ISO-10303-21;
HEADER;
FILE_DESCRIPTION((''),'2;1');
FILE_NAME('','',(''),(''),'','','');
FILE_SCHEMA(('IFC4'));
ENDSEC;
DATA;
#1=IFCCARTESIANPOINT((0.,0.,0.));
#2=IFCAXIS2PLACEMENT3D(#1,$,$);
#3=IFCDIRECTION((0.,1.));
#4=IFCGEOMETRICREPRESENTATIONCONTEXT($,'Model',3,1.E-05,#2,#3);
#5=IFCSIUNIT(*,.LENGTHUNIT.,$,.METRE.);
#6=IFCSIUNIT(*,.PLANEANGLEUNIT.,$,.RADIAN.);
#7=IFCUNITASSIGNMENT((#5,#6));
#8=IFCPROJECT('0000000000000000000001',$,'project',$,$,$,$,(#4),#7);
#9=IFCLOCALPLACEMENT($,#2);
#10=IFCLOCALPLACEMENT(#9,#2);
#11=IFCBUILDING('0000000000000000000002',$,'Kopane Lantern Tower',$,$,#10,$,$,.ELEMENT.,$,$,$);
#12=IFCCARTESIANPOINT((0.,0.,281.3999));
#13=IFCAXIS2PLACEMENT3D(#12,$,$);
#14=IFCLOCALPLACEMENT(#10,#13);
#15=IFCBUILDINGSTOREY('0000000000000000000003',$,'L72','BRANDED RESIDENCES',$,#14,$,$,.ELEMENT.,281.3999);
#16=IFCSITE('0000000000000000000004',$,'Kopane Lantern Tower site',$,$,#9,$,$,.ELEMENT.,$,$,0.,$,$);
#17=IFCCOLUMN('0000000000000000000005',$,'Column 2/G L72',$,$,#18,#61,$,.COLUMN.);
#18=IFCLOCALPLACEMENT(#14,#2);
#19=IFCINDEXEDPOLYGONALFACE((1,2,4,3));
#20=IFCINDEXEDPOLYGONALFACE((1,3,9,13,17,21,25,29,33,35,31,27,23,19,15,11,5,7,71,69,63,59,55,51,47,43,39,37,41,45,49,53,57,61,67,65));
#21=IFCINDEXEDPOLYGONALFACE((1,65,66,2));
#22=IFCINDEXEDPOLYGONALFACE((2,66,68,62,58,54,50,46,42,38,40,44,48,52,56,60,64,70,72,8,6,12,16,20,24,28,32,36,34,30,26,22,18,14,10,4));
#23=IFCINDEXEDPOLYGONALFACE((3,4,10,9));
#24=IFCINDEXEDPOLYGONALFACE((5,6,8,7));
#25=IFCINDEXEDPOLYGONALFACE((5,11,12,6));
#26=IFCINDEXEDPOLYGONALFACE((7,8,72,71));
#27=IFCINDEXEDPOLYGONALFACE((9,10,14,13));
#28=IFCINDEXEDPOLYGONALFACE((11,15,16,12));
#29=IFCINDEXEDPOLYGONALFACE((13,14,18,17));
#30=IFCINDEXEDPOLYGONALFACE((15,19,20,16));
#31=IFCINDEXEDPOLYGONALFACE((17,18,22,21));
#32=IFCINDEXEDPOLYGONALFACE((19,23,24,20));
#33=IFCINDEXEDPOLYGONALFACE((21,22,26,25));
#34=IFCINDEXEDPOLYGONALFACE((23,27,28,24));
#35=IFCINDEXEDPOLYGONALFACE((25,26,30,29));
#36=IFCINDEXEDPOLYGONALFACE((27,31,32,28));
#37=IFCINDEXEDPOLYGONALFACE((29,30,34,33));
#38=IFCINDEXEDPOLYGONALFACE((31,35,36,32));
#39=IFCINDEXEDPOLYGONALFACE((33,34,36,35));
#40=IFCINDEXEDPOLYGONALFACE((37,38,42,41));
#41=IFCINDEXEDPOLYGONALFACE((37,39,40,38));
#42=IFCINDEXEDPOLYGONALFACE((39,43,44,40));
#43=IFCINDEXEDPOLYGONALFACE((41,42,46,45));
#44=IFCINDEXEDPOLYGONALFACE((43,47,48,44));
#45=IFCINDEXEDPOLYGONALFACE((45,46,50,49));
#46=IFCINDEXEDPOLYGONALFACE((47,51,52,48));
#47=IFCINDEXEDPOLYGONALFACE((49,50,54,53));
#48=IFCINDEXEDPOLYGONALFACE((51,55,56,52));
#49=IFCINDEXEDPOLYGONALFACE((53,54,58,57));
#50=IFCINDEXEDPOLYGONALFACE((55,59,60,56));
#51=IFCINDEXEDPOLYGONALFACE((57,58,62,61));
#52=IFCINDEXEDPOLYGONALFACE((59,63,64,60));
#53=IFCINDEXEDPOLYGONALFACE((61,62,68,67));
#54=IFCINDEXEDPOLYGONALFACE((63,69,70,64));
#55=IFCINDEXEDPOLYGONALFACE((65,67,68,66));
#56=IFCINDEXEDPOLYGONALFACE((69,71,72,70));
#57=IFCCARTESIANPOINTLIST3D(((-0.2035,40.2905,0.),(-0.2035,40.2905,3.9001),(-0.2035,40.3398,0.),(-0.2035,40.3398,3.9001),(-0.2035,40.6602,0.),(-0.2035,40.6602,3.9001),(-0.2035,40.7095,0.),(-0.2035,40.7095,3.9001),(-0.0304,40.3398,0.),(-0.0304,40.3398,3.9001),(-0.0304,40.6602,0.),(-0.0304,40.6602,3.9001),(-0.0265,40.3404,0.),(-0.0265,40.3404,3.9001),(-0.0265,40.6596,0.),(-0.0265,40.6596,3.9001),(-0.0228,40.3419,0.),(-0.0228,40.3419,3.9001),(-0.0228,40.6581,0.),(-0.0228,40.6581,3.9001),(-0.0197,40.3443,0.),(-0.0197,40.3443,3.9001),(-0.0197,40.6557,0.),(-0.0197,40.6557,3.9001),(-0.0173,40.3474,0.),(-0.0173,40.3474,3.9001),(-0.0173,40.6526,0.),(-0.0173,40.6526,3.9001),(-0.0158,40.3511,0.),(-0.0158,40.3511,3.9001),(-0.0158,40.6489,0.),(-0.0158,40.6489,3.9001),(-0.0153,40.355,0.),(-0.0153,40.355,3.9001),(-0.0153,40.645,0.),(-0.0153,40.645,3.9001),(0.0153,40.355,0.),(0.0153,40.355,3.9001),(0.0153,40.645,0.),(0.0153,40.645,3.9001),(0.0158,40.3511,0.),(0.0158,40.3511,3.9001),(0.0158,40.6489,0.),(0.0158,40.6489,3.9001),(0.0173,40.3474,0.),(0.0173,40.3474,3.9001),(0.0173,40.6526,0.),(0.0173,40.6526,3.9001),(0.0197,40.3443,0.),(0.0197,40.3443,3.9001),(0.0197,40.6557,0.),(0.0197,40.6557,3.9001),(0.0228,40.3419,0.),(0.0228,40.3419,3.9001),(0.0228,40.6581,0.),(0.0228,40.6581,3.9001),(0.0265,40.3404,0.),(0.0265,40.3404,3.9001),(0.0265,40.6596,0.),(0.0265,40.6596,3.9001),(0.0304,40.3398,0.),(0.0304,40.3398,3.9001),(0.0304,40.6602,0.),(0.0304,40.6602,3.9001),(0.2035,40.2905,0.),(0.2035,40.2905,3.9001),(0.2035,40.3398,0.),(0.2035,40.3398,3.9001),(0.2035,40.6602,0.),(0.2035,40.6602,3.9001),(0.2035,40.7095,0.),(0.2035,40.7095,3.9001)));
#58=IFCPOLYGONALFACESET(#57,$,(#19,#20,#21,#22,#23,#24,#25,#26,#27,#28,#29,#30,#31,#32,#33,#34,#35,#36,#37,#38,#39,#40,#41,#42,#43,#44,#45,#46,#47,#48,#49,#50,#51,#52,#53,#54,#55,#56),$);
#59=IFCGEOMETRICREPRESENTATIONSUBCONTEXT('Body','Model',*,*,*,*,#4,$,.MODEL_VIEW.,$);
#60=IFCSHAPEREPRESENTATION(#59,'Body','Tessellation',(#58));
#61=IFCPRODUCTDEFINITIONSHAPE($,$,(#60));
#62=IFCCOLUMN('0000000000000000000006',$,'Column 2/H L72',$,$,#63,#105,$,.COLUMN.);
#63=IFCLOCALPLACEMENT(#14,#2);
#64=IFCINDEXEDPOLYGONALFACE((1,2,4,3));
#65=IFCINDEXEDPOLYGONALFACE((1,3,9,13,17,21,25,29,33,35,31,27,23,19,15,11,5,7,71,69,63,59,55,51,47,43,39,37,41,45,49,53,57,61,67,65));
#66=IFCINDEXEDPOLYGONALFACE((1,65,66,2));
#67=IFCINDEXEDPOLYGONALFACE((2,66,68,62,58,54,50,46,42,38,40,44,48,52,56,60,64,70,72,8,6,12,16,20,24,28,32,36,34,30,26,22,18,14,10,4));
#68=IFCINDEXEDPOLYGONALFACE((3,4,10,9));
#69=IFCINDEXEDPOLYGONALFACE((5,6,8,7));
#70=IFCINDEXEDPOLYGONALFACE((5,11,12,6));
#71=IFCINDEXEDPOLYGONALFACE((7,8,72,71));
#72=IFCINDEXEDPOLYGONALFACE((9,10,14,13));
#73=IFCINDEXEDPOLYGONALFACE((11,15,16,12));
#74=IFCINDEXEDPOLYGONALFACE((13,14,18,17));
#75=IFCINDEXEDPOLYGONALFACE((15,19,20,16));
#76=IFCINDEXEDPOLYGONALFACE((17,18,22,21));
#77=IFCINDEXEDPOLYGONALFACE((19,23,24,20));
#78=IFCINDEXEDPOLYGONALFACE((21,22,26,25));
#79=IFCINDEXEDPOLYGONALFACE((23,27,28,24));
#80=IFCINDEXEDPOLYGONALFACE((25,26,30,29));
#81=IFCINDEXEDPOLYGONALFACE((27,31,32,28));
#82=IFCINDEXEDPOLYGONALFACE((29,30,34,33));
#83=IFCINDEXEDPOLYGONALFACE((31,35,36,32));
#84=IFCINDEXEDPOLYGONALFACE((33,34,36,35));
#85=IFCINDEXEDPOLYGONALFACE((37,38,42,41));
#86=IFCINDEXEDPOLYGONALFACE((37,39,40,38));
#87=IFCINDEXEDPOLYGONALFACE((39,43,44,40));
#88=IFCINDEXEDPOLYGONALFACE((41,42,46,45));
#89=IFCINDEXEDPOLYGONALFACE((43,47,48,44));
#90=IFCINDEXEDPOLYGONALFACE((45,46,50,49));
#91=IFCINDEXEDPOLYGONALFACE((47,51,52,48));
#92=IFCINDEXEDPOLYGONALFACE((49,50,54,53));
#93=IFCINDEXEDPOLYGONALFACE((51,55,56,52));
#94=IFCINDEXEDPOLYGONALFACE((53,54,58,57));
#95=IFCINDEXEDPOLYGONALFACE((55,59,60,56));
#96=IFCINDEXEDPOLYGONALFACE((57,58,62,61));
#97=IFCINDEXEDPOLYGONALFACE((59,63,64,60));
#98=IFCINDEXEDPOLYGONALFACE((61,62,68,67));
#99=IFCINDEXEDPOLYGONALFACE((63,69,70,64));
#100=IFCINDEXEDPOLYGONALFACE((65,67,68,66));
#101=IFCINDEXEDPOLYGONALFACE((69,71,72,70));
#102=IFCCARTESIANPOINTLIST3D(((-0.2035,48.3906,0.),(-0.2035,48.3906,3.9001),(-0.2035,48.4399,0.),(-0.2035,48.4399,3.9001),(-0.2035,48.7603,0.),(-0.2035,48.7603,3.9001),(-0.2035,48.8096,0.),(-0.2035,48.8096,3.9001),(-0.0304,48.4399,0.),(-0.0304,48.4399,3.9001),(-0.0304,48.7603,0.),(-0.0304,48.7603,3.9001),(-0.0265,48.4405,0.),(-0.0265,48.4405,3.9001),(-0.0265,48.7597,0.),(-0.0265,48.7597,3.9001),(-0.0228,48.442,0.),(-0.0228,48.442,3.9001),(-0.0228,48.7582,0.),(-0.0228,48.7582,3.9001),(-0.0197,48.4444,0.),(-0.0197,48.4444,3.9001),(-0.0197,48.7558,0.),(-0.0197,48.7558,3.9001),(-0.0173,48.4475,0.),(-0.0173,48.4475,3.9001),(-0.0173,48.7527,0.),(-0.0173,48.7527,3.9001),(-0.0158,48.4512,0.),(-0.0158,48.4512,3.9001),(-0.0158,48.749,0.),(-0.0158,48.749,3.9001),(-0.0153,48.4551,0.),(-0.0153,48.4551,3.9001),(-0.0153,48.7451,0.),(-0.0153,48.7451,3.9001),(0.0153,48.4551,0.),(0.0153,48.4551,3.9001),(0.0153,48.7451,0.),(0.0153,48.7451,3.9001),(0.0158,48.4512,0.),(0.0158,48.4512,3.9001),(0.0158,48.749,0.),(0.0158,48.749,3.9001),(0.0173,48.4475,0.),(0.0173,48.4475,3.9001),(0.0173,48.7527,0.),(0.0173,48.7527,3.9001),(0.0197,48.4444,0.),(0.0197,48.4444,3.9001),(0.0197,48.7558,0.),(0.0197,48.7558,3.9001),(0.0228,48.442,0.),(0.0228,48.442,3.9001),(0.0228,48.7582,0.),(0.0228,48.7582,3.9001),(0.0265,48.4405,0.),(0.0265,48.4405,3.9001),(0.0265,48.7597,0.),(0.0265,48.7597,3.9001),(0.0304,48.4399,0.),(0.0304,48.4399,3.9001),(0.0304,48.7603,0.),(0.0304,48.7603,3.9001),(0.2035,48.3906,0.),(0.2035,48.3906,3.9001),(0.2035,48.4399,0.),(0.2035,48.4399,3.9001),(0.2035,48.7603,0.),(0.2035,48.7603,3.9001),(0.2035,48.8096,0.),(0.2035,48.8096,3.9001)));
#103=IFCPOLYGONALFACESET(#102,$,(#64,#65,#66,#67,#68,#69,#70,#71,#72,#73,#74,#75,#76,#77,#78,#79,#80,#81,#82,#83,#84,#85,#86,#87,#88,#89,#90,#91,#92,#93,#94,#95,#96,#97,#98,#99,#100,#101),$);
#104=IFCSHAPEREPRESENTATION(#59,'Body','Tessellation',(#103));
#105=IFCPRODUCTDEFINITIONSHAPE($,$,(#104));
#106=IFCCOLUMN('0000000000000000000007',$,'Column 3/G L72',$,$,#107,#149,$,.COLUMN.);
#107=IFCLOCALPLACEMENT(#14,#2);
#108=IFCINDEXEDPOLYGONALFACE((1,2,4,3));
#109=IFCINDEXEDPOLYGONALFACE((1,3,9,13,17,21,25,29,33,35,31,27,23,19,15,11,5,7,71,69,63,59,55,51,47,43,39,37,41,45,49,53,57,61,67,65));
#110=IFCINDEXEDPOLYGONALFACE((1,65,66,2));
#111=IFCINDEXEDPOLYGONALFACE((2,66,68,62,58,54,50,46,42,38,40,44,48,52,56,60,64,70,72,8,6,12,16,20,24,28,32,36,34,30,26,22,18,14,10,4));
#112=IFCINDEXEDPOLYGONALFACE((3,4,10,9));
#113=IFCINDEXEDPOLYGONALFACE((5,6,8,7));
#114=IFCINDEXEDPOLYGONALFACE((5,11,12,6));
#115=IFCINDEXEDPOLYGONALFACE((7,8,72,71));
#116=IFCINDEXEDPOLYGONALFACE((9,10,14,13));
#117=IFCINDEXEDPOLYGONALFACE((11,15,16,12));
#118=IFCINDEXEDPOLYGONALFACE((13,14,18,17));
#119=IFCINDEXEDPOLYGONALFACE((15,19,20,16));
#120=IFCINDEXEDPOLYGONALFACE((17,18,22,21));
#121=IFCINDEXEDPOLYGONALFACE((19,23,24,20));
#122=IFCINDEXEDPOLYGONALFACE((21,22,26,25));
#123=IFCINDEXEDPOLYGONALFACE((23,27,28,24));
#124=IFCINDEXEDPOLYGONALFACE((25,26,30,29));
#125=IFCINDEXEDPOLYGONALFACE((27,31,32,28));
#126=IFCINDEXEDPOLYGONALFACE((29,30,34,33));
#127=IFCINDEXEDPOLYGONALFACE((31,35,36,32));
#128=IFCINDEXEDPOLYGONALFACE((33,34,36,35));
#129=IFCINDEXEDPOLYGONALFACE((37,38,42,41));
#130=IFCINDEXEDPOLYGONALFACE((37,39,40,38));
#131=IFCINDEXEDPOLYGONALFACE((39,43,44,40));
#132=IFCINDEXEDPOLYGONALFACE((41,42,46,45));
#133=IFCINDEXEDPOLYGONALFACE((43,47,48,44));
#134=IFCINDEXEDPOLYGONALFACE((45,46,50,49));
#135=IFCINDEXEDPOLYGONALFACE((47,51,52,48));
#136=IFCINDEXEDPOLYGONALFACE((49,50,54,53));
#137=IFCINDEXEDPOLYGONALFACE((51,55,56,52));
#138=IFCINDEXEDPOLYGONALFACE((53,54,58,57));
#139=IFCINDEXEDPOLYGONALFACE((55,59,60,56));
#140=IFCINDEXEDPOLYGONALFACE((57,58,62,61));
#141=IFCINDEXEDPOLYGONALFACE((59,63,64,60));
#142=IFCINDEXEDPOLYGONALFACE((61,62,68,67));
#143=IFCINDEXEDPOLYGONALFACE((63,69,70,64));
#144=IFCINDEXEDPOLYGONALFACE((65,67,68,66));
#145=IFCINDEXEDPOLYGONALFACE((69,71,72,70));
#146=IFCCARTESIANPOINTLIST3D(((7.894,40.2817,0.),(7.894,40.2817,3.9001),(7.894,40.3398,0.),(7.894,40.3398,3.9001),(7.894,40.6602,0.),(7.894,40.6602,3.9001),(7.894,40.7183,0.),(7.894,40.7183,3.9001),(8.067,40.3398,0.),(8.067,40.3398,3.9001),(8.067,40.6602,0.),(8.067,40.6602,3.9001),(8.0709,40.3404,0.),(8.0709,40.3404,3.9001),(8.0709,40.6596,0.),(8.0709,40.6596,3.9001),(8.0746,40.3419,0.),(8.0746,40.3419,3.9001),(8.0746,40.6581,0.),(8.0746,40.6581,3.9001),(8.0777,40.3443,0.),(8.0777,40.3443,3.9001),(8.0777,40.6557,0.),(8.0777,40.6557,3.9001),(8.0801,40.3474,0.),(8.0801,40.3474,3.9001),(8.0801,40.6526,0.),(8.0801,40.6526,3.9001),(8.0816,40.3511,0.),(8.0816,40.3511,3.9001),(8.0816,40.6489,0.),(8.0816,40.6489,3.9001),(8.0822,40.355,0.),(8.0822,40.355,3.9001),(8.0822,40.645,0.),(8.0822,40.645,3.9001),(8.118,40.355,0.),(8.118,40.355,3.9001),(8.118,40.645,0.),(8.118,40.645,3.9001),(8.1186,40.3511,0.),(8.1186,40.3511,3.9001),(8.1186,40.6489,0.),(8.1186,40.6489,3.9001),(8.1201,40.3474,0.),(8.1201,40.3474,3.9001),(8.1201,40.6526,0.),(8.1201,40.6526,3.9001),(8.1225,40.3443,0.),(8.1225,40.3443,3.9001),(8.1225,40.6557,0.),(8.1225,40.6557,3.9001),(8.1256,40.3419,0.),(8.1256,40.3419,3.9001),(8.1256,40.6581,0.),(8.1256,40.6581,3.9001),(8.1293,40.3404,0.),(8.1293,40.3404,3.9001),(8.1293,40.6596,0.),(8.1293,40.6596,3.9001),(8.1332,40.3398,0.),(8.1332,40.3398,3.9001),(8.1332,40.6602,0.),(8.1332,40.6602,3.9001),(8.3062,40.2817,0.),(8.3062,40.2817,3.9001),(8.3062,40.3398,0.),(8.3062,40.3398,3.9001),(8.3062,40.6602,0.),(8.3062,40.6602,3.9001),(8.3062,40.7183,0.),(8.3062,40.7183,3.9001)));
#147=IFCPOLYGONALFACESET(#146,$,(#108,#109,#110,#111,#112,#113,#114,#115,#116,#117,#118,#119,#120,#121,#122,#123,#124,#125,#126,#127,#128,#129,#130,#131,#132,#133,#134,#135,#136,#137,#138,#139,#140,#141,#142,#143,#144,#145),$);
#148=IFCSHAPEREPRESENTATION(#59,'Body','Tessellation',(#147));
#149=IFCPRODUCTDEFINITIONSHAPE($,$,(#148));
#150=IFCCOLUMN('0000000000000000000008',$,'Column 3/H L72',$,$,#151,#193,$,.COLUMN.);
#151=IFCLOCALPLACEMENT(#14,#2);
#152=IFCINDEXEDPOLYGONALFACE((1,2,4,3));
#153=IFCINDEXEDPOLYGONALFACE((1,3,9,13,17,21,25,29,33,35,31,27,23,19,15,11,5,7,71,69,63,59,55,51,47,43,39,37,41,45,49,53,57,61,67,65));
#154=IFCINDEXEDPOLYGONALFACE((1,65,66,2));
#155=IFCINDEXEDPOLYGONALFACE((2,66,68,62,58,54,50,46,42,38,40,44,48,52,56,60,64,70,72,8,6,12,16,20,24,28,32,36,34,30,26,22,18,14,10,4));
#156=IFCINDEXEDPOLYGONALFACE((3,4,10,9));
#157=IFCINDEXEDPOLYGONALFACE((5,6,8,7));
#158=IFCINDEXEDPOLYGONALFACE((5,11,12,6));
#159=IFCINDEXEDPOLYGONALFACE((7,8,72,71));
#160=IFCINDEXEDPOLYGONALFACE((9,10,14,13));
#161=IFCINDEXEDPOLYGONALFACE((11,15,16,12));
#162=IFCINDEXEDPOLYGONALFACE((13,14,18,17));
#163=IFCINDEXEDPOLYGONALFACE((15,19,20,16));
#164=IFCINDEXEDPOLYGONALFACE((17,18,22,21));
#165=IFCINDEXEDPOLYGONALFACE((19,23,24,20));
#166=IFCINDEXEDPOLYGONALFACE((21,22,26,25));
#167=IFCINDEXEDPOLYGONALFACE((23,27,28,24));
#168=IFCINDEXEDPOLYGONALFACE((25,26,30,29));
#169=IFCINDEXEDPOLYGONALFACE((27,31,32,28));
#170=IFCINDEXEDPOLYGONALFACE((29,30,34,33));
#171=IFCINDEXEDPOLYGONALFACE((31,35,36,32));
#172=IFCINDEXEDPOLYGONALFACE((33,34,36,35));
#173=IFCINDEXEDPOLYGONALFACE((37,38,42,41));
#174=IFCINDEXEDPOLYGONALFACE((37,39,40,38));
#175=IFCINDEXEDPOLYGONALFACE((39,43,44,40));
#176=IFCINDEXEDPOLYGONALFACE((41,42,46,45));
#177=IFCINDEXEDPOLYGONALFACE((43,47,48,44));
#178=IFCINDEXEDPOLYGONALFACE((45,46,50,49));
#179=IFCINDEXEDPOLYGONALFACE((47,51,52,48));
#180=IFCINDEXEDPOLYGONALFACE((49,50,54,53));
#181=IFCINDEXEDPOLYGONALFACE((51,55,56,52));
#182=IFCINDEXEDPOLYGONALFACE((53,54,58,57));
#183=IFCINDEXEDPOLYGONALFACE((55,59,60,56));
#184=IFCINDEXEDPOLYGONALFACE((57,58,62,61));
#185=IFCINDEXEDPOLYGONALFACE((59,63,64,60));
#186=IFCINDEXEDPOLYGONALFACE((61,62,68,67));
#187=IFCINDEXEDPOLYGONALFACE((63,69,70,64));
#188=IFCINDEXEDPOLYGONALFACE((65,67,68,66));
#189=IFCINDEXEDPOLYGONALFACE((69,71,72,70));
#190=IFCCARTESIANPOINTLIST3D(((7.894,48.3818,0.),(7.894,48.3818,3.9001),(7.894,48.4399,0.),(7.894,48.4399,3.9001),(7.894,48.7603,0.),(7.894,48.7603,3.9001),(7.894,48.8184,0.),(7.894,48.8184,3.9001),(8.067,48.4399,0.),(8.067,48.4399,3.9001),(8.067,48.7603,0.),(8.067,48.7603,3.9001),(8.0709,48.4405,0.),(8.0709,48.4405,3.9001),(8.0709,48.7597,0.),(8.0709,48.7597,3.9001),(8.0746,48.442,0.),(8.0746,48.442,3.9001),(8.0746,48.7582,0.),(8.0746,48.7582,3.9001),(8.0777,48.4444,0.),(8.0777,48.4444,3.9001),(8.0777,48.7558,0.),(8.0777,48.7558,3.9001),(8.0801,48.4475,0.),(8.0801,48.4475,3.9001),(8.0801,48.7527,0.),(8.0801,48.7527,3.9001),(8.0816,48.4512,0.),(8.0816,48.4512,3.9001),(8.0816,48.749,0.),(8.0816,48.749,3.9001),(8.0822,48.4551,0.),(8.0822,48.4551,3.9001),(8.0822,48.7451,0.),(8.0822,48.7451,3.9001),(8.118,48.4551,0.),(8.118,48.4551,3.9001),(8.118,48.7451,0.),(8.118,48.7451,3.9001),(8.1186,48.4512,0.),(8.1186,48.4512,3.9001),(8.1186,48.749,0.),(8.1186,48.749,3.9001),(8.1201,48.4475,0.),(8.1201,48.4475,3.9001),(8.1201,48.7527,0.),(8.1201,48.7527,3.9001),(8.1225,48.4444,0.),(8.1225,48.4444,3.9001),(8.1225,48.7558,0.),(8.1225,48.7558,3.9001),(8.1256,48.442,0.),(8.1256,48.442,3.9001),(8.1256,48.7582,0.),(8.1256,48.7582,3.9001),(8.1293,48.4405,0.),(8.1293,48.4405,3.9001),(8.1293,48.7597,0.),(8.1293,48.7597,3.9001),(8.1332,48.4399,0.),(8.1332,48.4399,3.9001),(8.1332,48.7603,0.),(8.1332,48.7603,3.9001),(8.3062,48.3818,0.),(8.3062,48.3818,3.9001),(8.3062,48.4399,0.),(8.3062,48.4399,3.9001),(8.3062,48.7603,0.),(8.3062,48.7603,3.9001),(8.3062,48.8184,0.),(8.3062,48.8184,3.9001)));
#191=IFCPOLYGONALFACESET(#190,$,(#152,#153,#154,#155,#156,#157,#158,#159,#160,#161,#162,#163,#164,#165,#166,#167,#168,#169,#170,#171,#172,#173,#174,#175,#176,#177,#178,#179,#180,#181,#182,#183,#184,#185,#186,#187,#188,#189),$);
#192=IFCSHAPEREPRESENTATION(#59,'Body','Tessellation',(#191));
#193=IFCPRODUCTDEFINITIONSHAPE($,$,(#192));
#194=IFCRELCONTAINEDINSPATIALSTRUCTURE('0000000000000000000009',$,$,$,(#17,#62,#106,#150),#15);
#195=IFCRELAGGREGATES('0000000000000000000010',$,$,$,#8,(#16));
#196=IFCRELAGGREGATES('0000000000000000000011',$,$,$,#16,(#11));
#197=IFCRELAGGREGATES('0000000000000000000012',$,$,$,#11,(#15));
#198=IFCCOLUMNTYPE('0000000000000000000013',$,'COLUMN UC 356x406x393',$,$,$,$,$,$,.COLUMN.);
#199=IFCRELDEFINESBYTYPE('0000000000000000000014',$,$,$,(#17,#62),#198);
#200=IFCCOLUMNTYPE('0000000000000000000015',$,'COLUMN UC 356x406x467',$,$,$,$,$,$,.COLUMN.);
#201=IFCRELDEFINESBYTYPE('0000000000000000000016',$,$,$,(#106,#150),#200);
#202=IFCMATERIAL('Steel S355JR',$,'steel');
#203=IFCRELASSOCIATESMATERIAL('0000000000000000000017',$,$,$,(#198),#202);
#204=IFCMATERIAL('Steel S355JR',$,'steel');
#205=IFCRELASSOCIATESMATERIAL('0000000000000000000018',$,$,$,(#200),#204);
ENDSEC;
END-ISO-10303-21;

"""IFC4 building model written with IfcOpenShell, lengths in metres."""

from ifc_helpers import new_model, si_unit, direction, frame, origin, origin_2d, place, context, subcontext, project, spatial, i_section, extrude, material, material_profile, profile_set, type_object, element, save


model = new_model("IFC4")

# Units and contexts
model_context = context("Model", 3, precision=1e-05, world=origin(), true_north=direction((0.0, 1.0)))
body_context = subcontext(model_context, "Body", "Model", "MODEL_VIEW")
ifc_project = project(units=[si_unit("LENGTHUNIT", "METRE"), si_unit("PLANEANGLEUNIT", "RADIAN")], contexts=[model_context])

# Site, building, storey
site_placement = place(None, origin())
site = spatial("IfcSite", under=ifc_project, at=site_placement, Name="Kopane Lantern Tower site", CompositionType="ELEMENT", RefElevation=0.0)
building_placement = place(site_placement, origin())
building = spatial("IfcBuilding", under=site, at=building_placement, Name="Kopane Lantern Tower", CompositionType="ELEMENT")
storey_placement = place(building_placement, frame((0.0, 0.0, 281.3999)))
storey = spatial("IfcBuildingStorey", under=building, at=storey_placement, Name="L72", Description="BRANDED RESIDENCES", CompositionType="ELEMENT", Elevation=281.3999)

# Columns
ifc_material_1 = material(Name="Steel S355JR", Category="steel")
ifc_material_profile_1 = material_profile(ifc_material_1, i_section(OverallWidth=0.407, OverallDepth=0.4189, WebThickness=0.0305, FlangeThickness=0.0493, FilletRadius=0.0151, at=origin_2d()), Name="UC 356x406x393")
ifc_profile_set_1 = profile_set([ifc_material_profile_1], Name="Steel S355JR")
column_type_1 = type_object("IfcColumnType", Name="COLUMN UC 356x406x393", PredefinedType="COLUMN", material=ifc_profile_set_1)
for number, where, z_axis, x_axis, name in (
    (1, (0.0, 40.5, 0.0), (0.0, 0.0, 1.0), (1.0, 0.0, 0.0), "Column 2/G L72"),
    (2, (0.0, 48.6001, 0.0), (0.0, 0.0, 1.0), (1.0, 0.0, 0.0), "Column 2/H L72"),
):
    element("IfcColumn", number, at=place(storey_placement, frame(where, z_axis=z_axis, x_axis=x_axis)), inside=storey, type_object=column_type_1, Name=name, PredefinedType="COLUMN", context=body_context, shape_type="SweptSolid", body=[
        extrude(i_section(OverallWidth=0.407, OverallDepth=0.4189, WebThickness=0.0305, FlangeThickness=0.0493, FilletRadius=0.0151, at=origin_2d()), origin(), (0.0, 0.0, 1.0), 3.9001),
    ])
ifc_material_2 = material(Name="Steel S355JR", Category="steel")
ifc_material_profile_2 = material_profile(ifc_material_2, i_section(OverallWidth=0.4121, OverallDepth=0.4365, WebThickness=0.0359, FlangeThickness=0.0581, FilletRadius=0.0151, at=origin_2d()), Name="UC 356x406x467")
ifc_profile_set_2 = profile_set([ifc_material_profile_2], Name="Steel S355JR")
column_type_2 = type_object("IfcColumnType", Name="COLUMN UC 356x406x467", PredefinedType="COLUMN", material=ifc_profile_set_2)
for number, where, z_axis, x_axis, name in (
    (3, (8.1001, 40.5, 0.0), (0.0, 0.0, 1.0), (1.0, 0.0, 0.0), "Column 3/G L72"),
    (4, (8.1001, 48.6001, 0.0), (0.0, 0.0, 1.0), (1.0, 0.0, 0.0), "Column 3/H L72"),
):
    element("IfcColumn", number, at=place(storey_placement, frame(where, z_axis=z_axis, x_axis=x_axis)), inside=storey, type_object=column_type_2, Name=name, PredefinedType="COLUMN", context=body_context, shape_type="SweptSolid", body=[
        extrude(i_section(OverallWidth=0.4121, OverallDepth=0.4365, WebThickness=0.0359, FlangeThickness=0.0581, FilletRadius=0.0151, at=origin_2d()), origin(), (0.0, 0.0, 1.0), 3.9001),
    ])

save(model, "model.ifc")
